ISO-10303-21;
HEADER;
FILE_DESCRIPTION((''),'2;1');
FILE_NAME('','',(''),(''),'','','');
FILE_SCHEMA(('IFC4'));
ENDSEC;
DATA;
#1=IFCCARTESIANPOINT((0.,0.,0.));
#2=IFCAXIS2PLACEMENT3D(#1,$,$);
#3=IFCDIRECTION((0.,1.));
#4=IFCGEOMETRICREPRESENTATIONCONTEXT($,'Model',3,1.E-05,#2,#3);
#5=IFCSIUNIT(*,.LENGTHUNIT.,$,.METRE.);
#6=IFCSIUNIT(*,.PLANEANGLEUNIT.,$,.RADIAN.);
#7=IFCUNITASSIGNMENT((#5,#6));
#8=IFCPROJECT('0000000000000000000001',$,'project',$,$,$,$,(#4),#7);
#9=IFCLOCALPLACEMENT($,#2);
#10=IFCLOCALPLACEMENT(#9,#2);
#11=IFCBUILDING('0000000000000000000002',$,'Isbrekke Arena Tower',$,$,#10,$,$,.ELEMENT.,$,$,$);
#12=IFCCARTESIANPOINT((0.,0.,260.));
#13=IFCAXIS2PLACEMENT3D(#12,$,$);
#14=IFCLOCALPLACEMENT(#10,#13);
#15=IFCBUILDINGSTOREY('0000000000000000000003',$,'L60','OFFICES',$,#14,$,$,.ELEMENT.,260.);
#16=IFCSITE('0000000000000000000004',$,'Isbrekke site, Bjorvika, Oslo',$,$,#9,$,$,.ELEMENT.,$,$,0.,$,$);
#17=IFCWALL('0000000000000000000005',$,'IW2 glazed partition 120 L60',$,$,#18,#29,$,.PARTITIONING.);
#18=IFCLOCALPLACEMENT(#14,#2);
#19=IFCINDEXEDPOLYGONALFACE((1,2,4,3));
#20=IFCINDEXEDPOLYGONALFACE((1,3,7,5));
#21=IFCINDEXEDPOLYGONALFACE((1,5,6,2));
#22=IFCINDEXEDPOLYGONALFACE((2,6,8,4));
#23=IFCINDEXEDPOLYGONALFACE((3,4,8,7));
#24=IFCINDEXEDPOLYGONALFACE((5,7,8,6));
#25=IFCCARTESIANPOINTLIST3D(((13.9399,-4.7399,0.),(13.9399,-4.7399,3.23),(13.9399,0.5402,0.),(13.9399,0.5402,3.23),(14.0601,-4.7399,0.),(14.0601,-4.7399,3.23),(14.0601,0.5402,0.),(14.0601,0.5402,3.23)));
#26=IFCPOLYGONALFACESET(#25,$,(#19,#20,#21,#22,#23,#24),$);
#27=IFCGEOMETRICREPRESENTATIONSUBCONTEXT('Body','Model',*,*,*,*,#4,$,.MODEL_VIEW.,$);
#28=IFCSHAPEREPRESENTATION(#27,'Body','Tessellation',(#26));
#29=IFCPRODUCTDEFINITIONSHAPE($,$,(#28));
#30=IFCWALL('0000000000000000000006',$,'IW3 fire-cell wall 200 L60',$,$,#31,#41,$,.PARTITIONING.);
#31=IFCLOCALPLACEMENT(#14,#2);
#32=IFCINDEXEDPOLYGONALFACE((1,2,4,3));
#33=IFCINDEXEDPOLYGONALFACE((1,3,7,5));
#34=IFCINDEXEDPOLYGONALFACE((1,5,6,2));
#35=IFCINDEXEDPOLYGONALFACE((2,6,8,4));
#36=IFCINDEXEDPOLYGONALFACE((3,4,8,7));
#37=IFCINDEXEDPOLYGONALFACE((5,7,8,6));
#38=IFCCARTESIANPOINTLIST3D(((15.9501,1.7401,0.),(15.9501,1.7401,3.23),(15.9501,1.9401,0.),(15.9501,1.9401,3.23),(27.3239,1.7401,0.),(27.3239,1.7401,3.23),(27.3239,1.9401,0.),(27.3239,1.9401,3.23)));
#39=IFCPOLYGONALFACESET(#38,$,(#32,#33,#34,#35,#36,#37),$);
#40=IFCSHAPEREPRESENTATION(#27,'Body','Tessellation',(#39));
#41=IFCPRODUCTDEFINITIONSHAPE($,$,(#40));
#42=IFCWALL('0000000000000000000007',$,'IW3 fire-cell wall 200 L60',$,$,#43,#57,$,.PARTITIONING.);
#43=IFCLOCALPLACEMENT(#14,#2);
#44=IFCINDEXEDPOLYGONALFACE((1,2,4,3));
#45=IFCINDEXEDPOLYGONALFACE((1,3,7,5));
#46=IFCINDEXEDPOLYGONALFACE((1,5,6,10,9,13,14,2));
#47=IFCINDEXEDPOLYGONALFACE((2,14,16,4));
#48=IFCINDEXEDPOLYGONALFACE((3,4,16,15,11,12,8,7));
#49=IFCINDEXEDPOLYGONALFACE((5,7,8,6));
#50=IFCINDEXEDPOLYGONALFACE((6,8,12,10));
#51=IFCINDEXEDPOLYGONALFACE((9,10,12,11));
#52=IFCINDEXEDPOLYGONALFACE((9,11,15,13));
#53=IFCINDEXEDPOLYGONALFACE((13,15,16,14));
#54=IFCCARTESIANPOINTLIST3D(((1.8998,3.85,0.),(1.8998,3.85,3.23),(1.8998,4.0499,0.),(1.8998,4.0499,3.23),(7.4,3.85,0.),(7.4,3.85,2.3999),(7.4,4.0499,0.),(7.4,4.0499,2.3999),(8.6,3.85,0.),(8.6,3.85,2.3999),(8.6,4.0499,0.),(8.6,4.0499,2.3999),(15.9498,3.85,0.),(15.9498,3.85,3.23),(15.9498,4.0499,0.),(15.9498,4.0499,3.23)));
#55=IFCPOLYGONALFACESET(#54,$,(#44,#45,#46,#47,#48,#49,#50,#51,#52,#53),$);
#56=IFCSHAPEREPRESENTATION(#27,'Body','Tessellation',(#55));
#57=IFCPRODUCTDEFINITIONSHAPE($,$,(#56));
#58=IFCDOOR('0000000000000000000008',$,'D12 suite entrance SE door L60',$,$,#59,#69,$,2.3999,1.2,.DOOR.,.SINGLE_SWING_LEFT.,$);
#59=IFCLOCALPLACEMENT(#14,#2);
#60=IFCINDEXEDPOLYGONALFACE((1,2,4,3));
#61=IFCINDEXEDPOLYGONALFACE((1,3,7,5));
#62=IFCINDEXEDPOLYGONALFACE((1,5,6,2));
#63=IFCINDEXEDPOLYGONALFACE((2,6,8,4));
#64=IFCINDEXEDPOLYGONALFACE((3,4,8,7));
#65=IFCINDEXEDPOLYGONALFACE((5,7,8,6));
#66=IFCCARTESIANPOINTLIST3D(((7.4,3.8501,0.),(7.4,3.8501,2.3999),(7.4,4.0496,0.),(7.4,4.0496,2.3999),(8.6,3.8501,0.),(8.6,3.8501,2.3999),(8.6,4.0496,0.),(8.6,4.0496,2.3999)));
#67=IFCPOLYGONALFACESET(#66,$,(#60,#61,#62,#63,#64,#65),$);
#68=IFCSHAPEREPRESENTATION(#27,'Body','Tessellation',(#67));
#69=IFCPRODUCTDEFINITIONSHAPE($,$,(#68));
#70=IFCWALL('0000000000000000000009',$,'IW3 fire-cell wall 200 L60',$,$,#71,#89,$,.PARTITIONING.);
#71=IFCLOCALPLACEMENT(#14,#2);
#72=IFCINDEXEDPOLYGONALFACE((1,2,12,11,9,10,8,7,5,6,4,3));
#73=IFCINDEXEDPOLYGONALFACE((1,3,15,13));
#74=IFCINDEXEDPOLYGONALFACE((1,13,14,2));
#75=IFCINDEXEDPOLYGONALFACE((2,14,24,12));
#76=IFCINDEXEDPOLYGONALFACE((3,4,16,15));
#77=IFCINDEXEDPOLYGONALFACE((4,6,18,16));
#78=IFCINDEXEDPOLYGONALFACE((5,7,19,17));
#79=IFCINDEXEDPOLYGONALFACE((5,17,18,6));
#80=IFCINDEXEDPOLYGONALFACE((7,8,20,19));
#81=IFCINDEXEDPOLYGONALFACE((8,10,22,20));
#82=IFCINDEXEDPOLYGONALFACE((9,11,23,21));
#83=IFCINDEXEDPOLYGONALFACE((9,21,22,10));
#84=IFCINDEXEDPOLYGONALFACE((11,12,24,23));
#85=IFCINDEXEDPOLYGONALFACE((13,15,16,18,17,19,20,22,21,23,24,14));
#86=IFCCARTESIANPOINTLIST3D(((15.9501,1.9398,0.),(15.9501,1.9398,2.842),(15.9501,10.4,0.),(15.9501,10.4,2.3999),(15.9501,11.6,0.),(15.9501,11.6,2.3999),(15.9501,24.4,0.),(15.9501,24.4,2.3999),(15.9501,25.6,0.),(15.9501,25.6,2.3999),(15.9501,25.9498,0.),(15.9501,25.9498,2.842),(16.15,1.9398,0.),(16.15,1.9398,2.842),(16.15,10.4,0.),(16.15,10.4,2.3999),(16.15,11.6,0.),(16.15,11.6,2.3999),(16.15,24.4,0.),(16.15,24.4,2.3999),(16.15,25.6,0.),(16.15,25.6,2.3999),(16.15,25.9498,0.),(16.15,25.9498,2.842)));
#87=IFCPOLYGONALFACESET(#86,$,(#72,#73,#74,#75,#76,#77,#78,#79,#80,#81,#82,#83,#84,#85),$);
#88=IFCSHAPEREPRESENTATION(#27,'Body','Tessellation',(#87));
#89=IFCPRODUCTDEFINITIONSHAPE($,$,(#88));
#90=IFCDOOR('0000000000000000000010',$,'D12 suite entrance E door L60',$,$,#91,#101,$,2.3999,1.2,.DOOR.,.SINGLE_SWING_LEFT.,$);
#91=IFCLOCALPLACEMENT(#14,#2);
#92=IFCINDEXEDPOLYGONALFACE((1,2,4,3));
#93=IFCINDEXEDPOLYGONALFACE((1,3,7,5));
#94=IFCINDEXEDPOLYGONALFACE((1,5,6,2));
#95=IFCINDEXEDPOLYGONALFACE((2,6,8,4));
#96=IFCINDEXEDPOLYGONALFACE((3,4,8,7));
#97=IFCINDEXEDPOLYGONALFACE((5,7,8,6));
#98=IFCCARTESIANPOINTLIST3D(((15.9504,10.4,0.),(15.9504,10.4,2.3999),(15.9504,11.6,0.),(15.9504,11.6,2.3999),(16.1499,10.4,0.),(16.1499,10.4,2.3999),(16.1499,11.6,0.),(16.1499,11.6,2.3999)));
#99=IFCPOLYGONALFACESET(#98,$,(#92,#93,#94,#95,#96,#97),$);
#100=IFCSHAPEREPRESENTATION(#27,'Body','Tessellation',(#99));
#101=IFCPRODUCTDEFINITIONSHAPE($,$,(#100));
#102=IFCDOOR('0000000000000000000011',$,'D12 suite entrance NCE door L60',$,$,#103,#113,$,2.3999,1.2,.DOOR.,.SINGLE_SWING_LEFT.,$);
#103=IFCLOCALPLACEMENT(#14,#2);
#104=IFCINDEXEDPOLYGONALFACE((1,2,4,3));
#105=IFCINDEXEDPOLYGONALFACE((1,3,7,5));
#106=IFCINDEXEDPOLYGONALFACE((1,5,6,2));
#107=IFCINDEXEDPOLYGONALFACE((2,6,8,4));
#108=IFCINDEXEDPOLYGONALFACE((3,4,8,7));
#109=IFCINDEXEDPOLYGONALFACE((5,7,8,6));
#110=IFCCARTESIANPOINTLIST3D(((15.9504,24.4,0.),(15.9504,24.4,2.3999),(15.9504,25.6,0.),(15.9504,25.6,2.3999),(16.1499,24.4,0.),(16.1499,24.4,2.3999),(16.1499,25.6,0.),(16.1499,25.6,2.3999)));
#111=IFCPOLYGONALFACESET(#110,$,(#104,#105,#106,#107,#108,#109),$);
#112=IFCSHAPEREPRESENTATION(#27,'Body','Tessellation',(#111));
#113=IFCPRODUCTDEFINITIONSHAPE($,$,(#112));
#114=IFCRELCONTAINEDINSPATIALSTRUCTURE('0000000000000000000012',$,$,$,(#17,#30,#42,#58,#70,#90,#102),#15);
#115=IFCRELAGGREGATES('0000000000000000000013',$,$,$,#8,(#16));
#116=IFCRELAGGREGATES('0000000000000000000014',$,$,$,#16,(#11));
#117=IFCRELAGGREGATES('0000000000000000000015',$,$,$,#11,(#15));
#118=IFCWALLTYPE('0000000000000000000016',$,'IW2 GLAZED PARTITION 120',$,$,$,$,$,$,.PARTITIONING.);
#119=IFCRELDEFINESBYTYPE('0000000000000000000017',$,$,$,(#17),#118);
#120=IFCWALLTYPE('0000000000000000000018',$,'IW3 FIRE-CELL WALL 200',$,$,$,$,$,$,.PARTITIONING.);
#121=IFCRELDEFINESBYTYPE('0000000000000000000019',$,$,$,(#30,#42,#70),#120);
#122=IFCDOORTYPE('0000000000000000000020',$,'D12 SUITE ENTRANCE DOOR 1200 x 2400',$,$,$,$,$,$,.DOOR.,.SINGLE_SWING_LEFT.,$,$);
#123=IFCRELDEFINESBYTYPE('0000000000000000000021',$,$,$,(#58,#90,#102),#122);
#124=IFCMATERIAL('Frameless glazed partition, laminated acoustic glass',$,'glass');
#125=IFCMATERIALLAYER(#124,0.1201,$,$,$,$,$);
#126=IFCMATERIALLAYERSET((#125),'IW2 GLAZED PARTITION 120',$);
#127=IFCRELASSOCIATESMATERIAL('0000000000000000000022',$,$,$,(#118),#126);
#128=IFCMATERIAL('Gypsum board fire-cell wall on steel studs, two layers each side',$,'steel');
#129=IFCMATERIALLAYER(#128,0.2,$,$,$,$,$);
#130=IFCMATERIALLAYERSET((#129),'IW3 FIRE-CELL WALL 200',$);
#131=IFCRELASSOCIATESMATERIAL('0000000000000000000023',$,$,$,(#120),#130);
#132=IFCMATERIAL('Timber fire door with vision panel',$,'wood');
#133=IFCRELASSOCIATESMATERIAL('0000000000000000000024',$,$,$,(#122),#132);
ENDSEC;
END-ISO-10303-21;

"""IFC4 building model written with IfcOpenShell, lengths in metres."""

from ifc_helpers import new_model, si_unit, direction, frame, frame_2d, origin, place, context, subcontext, project, spatial, rectangle, extrude, material, layer, layer_set, type_object, element, fill, save


model = new_model("IFC4")

# Units and contexts
model_context = context("Model", 3, precision=1e-05, world=origin(), true_north=direction((0.0, 1.0)))
body_context = subcontext(model_context, "Body", "Model", "MODEL_VIEW")
ifc_project = project(units=[si_unit("LENGTHUNIT", "METRE"), si_unit("PLANEANGLEUNIT", "RADIAN")], contexts=[model_context])

# Site, building, storey
site_placement = place(None, origin())
site = spatial("IfcSite", under=ifc_project, at=site_placement, Name="Isbrekke site, Bjorvika, Oslo", CompositionType="ELEMENT", RefElevation=0.0)
building_placement = place(site_placement, origin())
building = spatial("IfcBuilding", under=site, at=building_placement, Name="Isbrekke Arena Tower", CompositionType="ELEMENT")
storey_placement = place(building_placement, frame((0.0, 0.0, 260.0)))
storey = spatial("IfcBuildingStorey", under=building, at=storey_placement, Name="L60", Description="OFFICES", CompositionType="ELEMENT", Elevation=260.0)

# Shared definitions
ifc_material_1 = material(Name="Frameless glazed partition, laminated acoustic glass", Category="glass")
ifc_layer_1 = layer(ifc_material_1, 0.1201)
ifc_layer_set_1 = layer_set([ifc_layer_1], Name="IW2 GLAZED PARTITION 120")
wall_type_1 = type_object("IfcWallType", Name="IW2 GLAZED PARTITION 120", PredefinedType="PARTITIONING", material=ifc_layer_set_1)

# Walls
wall_1_placement = place(storey_placement, frame((14.0, -4.74, 0.0), z_axis=(0.0, 0.0, 1.0), x_axis=(0.0, 1.0, 0.0)))
element("IfcWall", 1, at=wall_1_placement, inside=storey, type_object=wall_type_1, Name="IW2 glazed partition 120 L60", PredefinedType="PARTITIONING", context=body_context, shape_type="SweptSolid", body=[
    extrude(rectangle(XDim=5.28, YDim=0.1201, at=frame_2d((2.6401, 0.0))), origin(), (0.0, 0.0, 1.0), 3.23),
])
ifc_material_2 = material(Name="Gypsum board fire-cell wall on steel studs, two layers each side", Category="steel")
ifc_layer_2 = layer(ifc_material_2, 0.2)
ifc_layer_set_2 = layer_set([ifc_layer_2], Name="IW3 FIRE-CELL WALL 200")
wall_type_2 = type_object("IfcWallType", Name="IW3 FIRE-CELL WALL 200", PredefinedType="PARTITIONING", material=ifc_layer_set_2)
wall_2_placement = place(storey_placement, frame((15.95, 1.8401, 0.0), z_axis=(0.0, 0.0, 1.0), x_axis=(1.0, 0.0, 0.0)))
element("IfcWall", 2, at=wall_2_placement, inside=storey, type_object=wall_type_2, Name="IW3 fire-cell wall 200 L60", PredefinedType="PARTITIONING", context=body_context, shape_type="SweptSolid", body=[
    extrude(rectangle(XDim=11.3738, YDim=0.2, at=frame_2d((5.687, 0.0))), origin(), (0.0, 0.0, 1.0), 3.23),
])

# Wall, opening, door
wall_3_placement = place(storey_placement, frame((1.8999, 3.95, 0.0), z_axis=(0.0, 0.0, 1.0), x_axis=(1.0, 0.0, 0.0)))
wall_3 = element("IfcWall", 3, at=wall_3_placement, inside=storey, type_object=wall_type_2, Name="IW3 fire-cell wall 200 L60", PredefinedType="PARTITIONING", context=body_context, shape_type="SweptSolid", body=[
    extrude(rectangle(XDim=14.05, YDim=0.2, at=frame_2d((7.0249, 0.0))), origin(), (0.0, 0.0, 1.0), 3.23),
])
opening_1_placement = place(wall_3_placement, frame((5.5, 0.0, 0.0)))
opening_1 = element("IfcOpeningElement", 4, at=opening_1_placement, cuts=wall_3, PredefinedType="OPENING", context=body_context, shape_type="SweptSolid", body=[
    extrude(rectangle(XDim=1.2, YDim=2.3999, at=frame_2d((0.6001, 1.2))), frame((0.0, 0.1147, 0.0), z_axis=(0.0, -1.0, 0.0), x_axis=(1.0, 0.0, 0.0)), (0.0, 0.0, 1.0), 0.2297),
])
ifc_material_3 = material(Name="Timber fire door with vision panel", Category="wood")
door_type_1 = type_object("IfcDoorType", Name="D12 SUITE ENTRANCE DOOR 1200 x 2400", OperationType="SINGLE_SWING_LEFT", PredefinedType="DOOR", material=ifc_material_3)
door_1_placement = place(opening_1_placement, origin())
door_1 = element("IfcDoor", 5, at=door_1_placement, inside=storey, type_object=door_type_1, Name="D12 suite entrance SE door L60", OperationType="SINGLE_SWING_LEFT", OverallHeight=2.3999, OverallWidth=1.2, PredefinedType="DOOR", context=body_context, shape_type="SweptSolid", body=[
    extrude(rectangle(XDim=1.2, YDim=2.3999, at=frame_2d((0.6001, 1.2))), frame((0.0, 0.0996, 0.0), z_axis=(0.0, -1.0, 0.0), x_axis=(1.0, 0.0, 0.0)), (0.0, 0.0, 1.0), 0.1995),
])
fill(opening_1, door_1)

# Wall, openings, doors
wall_4_placement = place(storey_placement, frame((16.05, 1.9399, 0.0), z_axis=(0.0, 0.0, 1.0), x_axis=(0.0, 1.0, 0.0)))
wall_4 = element("IfcWall", 6, at=wall_4_placement, inside=storey, type_object=wall_type_2, Name="IW3 fire-cell wall 200 L60", PredefinedType="PARTITIONING", context=body_context, shape_type="SweptSolid", body=[
    extrude(rectangle(XDim=24.01, YDim=0.2, at=frame_2d((12.0049, 0.0))), origin(), (0.0, 0.0, 1.0), 2.842),
])
opening_2_placement = place(wall_4_placement, frame((8.46, 0.0, 0.0)))
opening_2 = element("IfcOpeningElement", 7, at=opening_2_placement, cuts=wall_4, PredefinedType="OPENING", context=body_context, shape_type="SweptSolid", body=[
    extrude(rectangle(XDim=1.2, YDim=2.3999, at=frame_2d((0.6001, 1.2))), frame((0.0, 0.1147, 0.0), z_axis=(0.0, -1.0, 0.0), x_axis=(1.0, 0.0, 0.0)), (0.0, 0.0, 1.0), 0.2297),
])
opening_3_placement = place(wall_4_placement, frame((22.46, 0.0, 0.0)))
opening_3 = element("IfcOpeningElement", 8, at=opening_3_placement, cuts=wall_4, PredefinedType="OPENING", context=body_context, shape_type="SweptSolid", body=[
    extrude(rectangle(XDim=1.2, YDim=2.3999, at=frame_2d((0.6001, 1.2))), frame((0.0, 0.1147, 0.0), z_axis=(0.0, -1.0, 0.0), x_axis=(1.0, 0.0, 0.0)), (0.0, 0.0, 1.0), 0.2297),
])
door_2_placement = place(opening_2_placement, origin())
door_2 = element("IfcDoor", 9, at=door_2_placement, inside=storey, type_object=door_type_1, Name="D12 suite entrance E door L60", OperationType="SINGLE_SWING_LEFT", OverallHeight=2.3999, OverallWidth=1.2, PredefinedType="DOOR", context=body_context, shape_type="SweptSolid", body=[
    extrude(rectangle(XDim=1.2, YDim=2.3999, at=frame_2d((0.6001, 1.2))), frame((0.0, 0.0996, 0.0), z_axis=(0.0, -1.0, 0.0), x_axis=(1.0, 0.0, 0.0)), (0.0, 0.0, 1.0), 0.1995),
])
fill(opening_2, door_2)
door_3_placement = place(opening_3_placement, origin())
door_3 = element("IfcDoor", 10, at=door_3_placement, inside=storey, type_object=door_type_1, Name="D12 suite entrance NCE door L60", OperationType="SINGLE_SWING_LEFT", OverallHeight=2.3999, OverallWidth=1.2, PredefinedType="DOOR", context=body_context, shape_type="SweptSolid", body=[
    extrude(rectangle(XDim=1.2, YDim=2.3999, at=frame_2d((0.6001, 1.2))), frame((0.0, 0.0996, 0.0), z_axis=(0.0, -1.0, 0.0), x_axis=(1.0, 0.0, 0.0)), (0.0, 0.0, 1.0), 0.1995),
])
fill(opening_3, door_3)

save(model, "model.ifc")
